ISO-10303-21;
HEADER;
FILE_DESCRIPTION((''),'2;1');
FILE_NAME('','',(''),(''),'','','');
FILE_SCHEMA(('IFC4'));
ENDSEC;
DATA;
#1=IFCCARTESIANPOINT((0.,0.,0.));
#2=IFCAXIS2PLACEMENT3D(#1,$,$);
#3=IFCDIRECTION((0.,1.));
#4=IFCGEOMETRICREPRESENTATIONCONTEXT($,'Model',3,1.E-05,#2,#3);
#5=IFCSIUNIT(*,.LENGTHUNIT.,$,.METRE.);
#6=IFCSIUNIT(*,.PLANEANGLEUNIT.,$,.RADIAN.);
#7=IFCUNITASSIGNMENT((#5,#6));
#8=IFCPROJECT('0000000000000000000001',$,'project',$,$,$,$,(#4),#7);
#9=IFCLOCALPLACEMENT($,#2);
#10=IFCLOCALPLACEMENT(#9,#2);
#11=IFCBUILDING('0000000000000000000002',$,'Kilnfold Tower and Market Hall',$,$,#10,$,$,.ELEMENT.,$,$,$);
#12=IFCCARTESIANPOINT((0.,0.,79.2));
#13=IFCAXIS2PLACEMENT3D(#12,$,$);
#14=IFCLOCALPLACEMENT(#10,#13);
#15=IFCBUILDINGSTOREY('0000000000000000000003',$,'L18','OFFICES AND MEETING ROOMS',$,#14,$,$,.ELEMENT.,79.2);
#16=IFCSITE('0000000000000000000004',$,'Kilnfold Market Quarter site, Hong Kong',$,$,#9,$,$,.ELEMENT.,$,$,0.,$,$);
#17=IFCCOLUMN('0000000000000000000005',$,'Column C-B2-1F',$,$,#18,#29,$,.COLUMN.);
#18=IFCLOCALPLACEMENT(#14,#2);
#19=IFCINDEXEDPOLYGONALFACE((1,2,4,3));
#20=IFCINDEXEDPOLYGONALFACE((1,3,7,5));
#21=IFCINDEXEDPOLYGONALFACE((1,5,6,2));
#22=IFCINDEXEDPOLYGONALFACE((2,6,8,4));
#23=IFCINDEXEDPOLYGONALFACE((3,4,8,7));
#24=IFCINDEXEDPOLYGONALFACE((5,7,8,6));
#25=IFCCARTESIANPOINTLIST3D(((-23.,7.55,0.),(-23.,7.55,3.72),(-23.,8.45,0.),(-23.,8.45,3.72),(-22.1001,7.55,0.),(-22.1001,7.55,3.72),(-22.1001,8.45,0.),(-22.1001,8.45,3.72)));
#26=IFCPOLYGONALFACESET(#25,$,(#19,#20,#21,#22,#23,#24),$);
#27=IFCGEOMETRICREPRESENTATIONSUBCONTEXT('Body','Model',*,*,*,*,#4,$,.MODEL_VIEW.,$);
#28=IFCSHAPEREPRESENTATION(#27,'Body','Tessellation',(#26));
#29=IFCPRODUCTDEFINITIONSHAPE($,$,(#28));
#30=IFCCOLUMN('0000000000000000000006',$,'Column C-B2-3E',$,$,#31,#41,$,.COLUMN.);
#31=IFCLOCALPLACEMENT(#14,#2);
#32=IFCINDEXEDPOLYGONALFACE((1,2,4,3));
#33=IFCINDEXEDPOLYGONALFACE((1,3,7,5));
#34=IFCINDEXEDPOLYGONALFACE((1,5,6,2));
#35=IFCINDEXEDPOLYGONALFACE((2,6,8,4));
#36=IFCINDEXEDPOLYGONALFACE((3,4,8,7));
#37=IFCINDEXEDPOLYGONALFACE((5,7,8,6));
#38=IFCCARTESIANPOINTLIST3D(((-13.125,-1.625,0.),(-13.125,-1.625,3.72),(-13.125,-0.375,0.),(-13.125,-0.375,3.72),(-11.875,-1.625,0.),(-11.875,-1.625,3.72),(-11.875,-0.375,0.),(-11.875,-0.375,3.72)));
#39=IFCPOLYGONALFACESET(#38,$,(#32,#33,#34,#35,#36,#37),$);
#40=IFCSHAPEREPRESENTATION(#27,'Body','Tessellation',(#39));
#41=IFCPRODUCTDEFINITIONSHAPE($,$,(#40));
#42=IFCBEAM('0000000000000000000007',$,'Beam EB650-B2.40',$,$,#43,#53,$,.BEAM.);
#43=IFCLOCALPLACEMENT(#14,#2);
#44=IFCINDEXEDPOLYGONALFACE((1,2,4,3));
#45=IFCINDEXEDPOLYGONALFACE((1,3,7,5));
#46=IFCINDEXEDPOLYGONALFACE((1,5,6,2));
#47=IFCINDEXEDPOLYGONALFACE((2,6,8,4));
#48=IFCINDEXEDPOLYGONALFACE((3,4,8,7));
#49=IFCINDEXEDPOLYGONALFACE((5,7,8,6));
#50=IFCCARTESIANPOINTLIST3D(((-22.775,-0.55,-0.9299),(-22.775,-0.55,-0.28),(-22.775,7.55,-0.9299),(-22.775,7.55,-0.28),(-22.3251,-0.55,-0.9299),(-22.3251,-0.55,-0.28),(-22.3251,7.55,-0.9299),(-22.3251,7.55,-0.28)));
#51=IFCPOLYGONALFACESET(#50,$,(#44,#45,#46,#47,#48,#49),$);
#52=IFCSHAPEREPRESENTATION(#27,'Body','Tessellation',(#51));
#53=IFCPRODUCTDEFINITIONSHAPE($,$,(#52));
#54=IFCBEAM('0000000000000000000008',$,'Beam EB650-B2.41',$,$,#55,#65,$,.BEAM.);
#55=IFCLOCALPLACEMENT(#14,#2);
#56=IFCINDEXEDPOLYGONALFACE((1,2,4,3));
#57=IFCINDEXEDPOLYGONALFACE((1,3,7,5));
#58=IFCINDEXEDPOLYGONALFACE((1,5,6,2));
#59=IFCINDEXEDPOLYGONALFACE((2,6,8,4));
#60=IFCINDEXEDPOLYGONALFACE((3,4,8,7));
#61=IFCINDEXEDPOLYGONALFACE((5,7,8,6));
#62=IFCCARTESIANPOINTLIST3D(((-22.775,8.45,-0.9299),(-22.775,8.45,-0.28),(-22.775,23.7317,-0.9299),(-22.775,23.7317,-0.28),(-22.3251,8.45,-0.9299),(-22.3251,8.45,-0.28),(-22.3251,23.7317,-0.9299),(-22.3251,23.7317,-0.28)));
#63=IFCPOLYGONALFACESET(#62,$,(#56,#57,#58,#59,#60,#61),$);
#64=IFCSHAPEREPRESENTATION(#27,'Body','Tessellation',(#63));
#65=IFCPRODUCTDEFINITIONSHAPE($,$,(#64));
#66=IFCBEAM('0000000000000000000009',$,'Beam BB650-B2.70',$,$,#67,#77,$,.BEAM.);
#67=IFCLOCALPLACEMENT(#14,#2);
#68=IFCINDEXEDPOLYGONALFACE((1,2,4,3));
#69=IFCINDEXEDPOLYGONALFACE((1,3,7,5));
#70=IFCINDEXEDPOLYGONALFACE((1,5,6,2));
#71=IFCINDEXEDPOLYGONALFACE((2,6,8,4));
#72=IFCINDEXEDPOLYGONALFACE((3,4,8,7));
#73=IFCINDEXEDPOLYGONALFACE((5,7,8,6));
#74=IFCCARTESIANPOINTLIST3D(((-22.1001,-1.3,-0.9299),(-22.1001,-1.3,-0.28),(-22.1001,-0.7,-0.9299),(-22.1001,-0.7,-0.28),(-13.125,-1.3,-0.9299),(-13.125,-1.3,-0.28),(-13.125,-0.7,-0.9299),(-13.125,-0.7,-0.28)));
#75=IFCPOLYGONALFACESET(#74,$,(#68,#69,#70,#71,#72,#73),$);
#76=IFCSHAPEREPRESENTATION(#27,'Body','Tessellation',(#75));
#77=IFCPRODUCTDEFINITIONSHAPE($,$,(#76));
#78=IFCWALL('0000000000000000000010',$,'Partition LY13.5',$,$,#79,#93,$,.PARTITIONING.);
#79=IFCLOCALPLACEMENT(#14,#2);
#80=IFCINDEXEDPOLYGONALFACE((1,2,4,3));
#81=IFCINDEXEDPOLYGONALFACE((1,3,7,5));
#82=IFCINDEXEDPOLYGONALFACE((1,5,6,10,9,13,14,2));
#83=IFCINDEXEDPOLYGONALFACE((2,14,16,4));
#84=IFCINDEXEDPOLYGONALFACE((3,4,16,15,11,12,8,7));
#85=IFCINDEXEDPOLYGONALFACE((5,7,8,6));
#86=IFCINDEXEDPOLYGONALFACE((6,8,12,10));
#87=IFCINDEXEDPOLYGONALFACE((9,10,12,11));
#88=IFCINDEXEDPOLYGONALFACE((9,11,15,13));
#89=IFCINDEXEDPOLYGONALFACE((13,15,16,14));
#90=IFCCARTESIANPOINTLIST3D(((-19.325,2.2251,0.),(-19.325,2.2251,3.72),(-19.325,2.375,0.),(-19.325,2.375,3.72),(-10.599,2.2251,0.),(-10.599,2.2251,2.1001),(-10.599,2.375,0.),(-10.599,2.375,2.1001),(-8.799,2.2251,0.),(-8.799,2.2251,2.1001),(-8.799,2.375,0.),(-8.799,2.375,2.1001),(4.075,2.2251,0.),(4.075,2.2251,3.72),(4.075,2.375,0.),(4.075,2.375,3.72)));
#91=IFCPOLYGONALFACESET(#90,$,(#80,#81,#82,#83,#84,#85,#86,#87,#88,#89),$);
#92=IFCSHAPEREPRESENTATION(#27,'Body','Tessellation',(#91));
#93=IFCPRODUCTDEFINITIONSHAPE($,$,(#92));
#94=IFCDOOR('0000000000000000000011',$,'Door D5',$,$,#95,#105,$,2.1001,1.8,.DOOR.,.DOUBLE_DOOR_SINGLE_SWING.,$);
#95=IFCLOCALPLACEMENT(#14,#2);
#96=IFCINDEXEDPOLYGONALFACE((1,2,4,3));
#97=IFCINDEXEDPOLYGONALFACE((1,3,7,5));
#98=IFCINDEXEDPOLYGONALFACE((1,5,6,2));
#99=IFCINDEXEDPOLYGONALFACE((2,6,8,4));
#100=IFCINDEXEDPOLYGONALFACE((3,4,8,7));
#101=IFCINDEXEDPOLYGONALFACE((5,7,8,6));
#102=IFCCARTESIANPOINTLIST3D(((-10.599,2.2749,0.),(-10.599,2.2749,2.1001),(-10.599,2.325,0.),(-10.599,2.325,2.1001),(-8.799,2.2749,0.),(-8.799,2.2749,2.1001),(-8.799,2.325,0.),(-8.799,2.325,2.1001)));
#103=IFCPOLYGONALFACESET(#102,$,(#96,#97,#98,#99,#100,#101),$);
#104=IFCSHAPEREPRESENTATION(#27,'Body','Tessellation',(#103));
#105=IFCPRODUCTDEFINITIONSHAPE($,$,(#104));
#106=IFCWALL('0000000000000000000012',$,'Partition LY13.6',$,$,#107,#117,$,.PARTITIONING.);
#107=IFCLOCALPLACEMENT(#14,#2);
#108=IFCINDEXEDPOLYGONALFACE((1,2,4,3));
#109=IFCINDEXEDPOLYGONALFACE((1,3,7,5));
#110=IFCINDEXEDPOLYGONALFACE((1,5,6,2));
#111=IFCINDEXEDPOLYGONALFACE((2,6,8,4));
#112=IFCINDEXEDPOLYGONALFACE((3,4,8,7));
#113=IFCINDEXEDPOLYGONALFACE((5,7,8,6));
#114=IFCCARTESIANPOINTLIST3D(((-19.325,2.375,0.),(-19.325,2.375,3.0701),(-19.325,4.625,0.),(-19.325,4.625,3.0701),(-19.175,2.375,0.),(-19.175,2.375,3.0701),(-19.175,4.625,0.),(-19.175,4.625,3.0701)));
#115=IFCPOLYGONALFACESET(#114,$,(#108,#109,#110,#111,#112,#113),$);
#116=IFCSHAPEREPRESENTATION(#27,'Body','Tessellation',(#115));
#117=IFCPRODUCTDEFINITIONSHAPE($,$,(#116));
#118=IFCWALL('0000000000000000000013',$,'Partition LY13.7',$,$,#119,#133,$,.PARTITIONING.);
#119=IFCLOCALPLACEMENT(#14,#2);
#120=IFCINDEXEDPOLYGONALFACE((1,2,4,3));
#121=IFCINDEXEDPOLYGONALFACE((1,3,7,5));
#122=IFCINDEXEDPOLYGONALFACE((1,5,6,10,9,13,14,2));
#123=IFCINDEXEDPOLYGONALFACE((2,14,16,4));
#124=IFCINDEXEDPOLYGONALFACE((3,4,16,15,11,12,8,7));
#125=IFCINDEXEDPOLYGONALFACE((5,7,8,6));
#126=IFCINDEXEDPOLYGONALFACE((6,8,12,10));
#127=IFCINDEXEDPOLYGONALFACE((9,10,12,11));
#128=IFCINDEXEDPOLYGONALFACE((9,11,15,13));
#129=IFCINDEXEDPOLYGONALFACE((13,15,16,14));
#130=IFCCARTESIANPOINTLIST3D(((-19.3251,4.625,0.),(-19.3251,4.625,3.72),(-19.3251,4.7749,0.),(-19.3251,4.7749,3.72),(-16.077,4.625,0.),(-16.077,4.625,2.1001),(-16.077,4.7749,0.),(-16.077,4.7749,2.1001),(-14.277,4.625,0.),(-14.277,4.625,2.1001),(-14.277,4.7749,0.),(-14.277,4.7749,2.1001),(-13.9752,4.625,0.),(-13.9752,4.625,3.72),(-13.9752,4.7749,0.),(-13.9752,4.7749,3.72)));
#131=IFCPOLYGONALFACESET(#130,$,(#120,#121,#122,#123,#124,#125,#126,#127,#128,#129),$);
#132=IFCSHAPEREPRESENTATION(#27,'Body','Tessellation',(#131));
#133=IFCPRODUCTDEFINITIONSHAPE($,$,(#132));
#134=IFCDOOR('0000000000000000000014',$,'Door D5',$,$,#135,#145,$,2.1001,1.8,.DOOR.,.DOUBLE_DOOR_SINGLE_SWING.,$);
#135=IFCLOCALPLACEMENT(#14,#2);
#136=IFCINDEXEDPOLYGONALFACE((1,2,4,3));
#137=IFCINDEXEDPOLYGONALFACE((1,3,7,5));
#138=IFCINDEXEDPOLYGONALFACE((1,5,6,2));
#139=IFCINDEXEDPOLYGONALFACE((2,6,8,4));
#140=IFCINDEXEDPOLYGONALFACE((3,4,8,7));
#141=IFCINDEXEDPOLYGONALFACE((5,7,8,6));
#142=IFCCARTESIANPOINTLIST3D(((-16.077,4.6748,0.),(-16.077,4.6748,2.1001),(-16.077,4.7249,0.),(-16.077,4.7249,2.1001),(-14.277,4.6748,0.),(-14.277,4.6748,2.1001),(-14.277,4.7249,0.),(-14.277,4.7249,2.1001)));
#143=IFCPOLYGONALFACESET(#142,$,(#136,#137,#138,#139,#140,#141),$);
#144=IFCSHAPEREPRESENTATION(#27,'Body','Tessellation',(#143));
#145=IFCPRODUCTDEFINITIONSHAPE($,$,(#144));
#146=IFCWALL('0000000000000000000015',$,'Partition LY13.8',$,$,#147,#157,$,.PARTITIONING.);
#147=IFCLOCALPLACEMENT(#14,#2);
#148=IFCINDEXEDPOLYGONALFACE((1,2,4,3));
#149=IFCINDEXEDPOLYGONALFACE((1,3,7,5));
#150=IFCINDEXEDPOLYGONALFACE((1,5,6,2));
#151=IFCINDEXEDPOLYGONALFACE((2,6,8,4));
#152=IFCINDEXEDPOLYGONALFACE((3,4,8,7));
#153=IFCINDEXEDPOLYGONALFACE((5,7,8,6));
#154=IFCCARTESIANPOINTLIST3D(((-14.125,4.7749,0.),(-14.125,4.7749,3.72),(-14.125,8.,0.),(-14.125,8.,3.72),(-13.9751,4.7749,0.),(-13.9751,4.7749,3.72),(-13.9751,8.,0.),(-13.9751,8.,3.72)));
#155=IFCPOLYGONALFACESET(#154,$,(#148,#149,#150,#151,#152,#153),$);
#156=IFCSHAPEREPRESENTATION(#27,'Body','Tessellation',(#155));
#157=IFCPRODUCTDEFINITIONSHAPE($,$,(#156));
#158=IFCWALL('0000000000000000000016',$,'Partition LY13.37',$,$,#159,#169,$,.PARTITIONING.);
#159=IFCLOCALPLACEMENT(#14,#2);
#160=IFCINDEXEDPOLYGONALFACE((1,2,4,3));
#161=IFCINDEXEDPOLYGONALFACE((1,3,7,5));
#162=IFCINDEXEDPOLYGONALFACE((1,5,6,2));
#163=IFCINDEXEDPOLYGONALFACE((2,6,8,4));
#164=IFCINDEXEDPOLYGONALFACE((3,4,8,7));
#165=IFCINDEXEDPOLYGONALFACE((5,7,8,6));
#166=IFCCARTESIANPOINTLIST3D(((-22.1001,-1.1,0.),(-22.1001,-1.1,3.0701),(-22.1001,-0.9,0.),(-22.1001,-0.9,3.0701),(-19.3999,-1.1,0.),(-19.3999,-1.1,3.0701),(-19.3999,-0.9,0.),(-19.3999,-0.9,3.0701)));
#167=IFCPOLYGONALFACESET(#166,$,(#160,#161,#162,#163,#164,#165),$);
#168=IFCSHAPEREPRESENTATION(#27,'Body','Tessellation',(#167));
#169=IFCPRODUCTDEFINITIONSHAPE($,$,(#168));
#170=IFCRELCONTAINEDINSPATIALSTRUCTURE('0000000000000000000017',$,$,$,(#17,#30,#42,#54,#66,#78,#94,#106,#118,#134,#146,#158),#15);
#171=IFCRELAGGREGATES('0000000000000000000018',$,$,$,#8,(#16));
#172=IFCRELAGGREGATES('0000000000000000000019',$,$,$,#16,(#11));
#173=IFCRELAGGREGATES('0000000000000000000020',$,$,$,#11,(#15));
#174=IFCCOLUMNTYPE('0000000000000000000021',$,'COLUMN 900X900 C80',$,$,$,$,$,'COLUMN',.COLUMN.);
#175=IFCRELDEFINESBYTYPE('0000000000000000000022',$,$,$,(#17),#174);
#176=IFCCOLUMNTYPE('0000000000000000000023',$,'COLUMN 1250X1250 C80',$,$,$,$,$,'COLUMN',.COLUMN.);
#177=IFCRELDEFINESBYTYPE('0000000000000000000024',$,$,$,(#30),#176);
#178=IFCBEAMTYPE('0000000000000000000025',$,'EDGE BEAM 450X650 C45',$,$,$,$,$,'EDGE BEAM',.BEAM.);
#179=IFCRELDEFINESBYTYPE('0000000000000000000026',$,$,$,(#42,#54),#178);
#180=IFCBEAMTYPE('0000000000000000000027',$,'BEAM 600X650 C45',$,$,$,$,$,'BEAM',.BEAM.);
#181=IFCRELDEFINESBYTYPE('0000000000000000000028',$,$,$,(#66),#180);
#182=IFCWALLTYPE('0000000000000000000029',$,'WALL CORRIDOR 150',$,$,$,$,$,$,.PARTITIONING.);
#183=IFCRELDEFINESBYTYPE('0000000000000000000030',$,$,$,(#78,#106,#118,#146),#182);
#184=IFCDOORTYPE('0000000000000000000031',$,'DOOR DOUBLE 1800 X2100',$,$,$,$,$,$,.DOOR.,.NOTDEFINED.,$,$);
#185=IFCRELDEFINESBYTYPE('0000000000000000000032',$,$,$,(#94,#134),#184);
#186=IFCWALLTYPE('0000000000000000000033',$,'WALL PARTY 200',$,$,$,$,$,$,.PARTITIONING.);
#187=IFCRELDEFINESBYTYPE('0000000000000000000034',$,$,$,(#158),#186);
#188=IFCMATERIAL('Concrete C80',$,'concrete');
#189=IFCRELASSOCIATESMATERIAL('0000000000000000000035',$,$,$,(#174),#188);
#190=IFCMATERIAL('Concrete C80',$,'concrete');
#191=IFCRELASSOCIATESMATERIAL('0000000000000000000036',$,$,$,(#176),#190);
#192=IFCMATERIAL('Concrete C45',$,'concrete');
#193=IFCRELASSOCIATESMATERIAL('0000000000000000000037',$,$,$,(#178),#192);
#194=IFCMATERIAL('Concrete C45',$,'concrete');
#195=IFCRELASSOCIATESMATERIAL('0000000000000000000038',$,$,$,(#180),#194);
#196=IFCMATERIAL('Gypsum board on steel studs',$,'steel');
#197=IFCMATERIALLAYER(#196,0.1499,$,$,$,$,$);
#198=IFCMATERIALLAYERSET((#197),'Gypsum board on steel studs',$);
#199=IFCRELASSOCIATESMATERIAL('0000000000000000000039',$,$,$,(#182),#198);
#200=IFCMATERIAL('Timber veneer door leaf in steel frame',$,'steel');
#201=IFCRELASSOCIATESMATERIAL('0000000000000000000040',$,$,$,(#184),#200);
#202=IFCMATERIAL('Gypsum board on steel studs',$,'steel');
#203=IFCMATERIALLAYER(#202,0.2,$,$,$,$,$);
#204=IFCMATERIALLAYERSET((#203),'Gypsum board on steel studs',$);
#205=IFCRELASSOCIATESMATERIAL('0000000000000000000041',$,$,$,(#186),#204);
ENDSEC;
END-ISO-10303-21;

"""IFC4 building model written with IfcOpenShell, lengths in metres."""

from ifc_helpers import new_model, si_unit, direction, frame, frame_2d, origin, origin_2d, place, context, subcontext, project, spatial, rectangle, extrude, source, transform, mapped, material, layer, layer_set, material_profile, profile_set, type_object, element, fill, save


model = new_model("IFC4")

# Units and contexts
model_context = context("Model", 3, precision=1e-05, world=origin(), true_north=direction((0.0, 1.0)))
body_context = subcontext(model_context, "Body", "Model", "MODEL_VIEW")
ifc_project = project(units=[si_unit("LENGTHUNIT", "METRE"), si_unit("PLANEANGLEUNIT", "RADIAN")], contexts=[model_context])

# Site, building, storey
site_placement = place(None, origin())
site = spatial("IfcSite", under=ifc_project, at=site_placement, Name="Kilnfold Market Quarter site, Hong Kong", CompositionType="ELEMENT", RefElevation=0.0)
building_placement = place(site_placement, origin())
building = spatial("IfcBuilding", under=site, at=building_placement, Name="Kilnfold Tower and Market Hall", CompositionType="ELEMENT")
storey_placement = place(building_placement, frame((0.0, 0.0, 79.2)))
storey = spatial("IfcBuildingStorey", under=building, at=storey_placement, Name="L18", Description="OFFICES AND MEETING ROOMS", CompositionType="ELEMENT", Elevation=79.2)

# Columns
ifc_material_1 = material(Name="Concrete C80", Category="concrete")
ifc_material_profile_1 = material_profile(ifc_material_1, rectangle(XDim=0.8999, YDim=0.8999, at=origin_2d()), Name="RC 900x900")
ifc_profile_set_1 = profile_set([ifc_material_profile_1], Name="Concrete C80")
column_type_1 = type_object("IfcColumnType", Name="COLUMN 900X900 C80", ElementType="COLUMN", PredefinedType="COLUMN", material=ifc_profile_set_1)
shared_shape_1 = source(origin(), body_context, "Body", "SweptSolid", [
    extrude(rectangle(XDim=0.8999, YDim=0.8999, at=origin_2d()), origin(), (0.0, 0.0, 1.0), 3.72),
])
column_1_placement = place(storey_placement, frame((-22.55, 8.0, 0.0), z_axis=(0.0, 0.0, 1.0), x_axis=(1.0, 0.0, 0.0)))
element("IfcColumn", 1, at=column_1_placement, inside=storey, type_object=column_type_1, Name="Column C-B2-1F", PredefinedType="COLUMN", context=body_context, shape_type="MappedRepresentation", body=[
    mapped(shared_shape_1, transform((0.0, 0.0, 0.0))),
])
ifc_material_2 = material(Name="Concrete C80", Category="concrete")
ifc_material_profile_2 = material_profile(ifc_material_2, rectangle(XDim=1.25, YDim=1.25, at=origin_2d()), Name="RC 1250x1250")
ifc_profile_set_2 = profile_set([ifc_material_profile_2], Name="Concrete C80")
column_type_2 = type_object("IfcColumnType", Name="COLUMN 1250X1250 C80", ElementType="COLUMN", PredefinedType="COLUMN", material=ifc_profile_set_2)
shared_shape_2 = source(origin(), body_context, "Body", "SweptSolid", [
    extrude(rectangle(XDim=1.25, YDim=1.25, at=origin_2d()), origin(), (0.0, 0.0, 1.0), 3.72),
])
column_2_placement = place(storey_placement, frame((-12.5, -1.0, 0.0), z_axis=(0.0, 0.0, 1.0), x_axis=(1.0, 0.0, 0.0)))
element("IfcColumn", 2, at=column_2_placement, inside=storey, type_object=column_type_2, Name="Column C-B2-3E", PredefinedType="COLUMN", context=body_context, shape_type="MappedRepresentation", body=[
    mapped(shared_shape_2, transform((0.0, 0.0, 0.0))),
])

# Beams
ifc_material_3 = material(Name="Concrete C45", Category="concrete")
ifc_material_profile_3 = material_profile(ifc_material_3, rectangle(XDim=0.45, YDim=0.6499, at=origin_2d()), Name="RC 450x650")
ifc_profile_set_3 = profile_set([ifc_material_profile_3], Name="Concrete C45")
beam_type_1 = type_object("IfcBeamType", Name="EDGE BEAM 450X650 C45", ElementType="EDGE BEAM", PredefinedType="BEAM", material=ifc_profile_set_3)
shared_shape_3 = source(origin(), body_context, "Body", "SweptSolid", [
    extrude(rectangle(XDim=0.45, YDim=0.6499, at=origin_2d()), origin(), (0.0, 0.0, 1.0), 8.1001),
])
beam_1_placement = place(storey_placement, frame((-22.55, -0.55, -0.605), z_axis=(0.0, 1.0, 0.0), x_axis=(-1.0, 0.0, 0.0)))
element("IfcBeam", 3, at=beam_1_placement, inside=storey, type_object=beam_type_1, Name="Beam EB650-B2.40", PredefinedType="BEAM", context=body_context, shape_type="MappedRepresentation", body=[
    mapped(shared_shape_3, transform((0.0, 0.0, 0.0))),
])
shared_shape_4 = source(origin(), body_context, "Body", "SweptSolid", [
    extrude(rectangle(XDim=0.45, YDim=0.6499, at=origin_2d()), origin(), (0.0, 0.0, 1.0), 15.2817),
])
beam_2_placement = place(storey_placement, frame((-22.55, 8.45, -0.605), z_axis=(0.0, 1.0, 0.0), x_axis=(-1.0, 0.0, 0.0)))
element("IfcBeam", 4, at=beam_2_placement, inside=storey, type_object=beam_type_1, Name="Beam EB650-B2.41", PredefinedType="BEAM", context=body_context, shape_type="MappedRepresentation", body=[
    mapped(shared_shape_4, transform((0.0, 0.0, 0.0))),
])
ifc_material_4 = material(Name="Concrete C45", Category="concrete")
ifc_material_profile_4 = material_profile(ifc_material_4, rectangle(XDim=0.6001, YDim=0.6499, at=origin_2d()), Name="RC 600x650")
ifc_profile_set_4 = profile_set([ifc_material_profile_4], Name="Concrete C45")
beam_type_2 = type_object("IfcBeamType", Name="BEAM 600X650 C45", ElementType="BEAM", PredefinedType="BEAM", material=ifc_profile_set_4)
shared_shape_5 = source(origin(), body_context, "Body", "SweptSolid", [
    extrude(rectangle(XDim=0.6001, YDim=0.6499, at=origin_2d()), origin(), (0.0, 0.0, 1.0), 8.9751),
])
beam_3_placement = place(storey_placement, frame((-22.1001, -1.0, -0.605), z_axis=(1.0, 0.0, 0.0), x_axis=(0.0, 1.0, 0.0)))
element("IfcBeam", 5, at=beam_3_placement, inside=storey, type_object=beam_type_2, Name="Beam BB650-B2.70", PredefinedType="BEAM", context=body_context, shape_type="MappedRepresentation", body=[
    mapped(shared_shape_5, transform((0.0, 0.0, 0.0))),
])

# Wall, opening, door
ifc_material_5 = material(Name="Gypsum board on steel studs", Category="steel")
ifc_layer_1 = layer(ifc_material_5, 0.1499)
ifc_layer_set_1 = layer_set([ifc_layer_1], Name="Gypsum board on steel studs")
wall_type_1 = type_object("IfcWallType", Name="WALL CORRIDOR 150", PredefinedType="PARTITIONING", material=ifc_layer_set_1)
wall_1_placement = place(storey_placement, frame((-19.325, 2.3, 0.0), z_axis=(0.0, 0.0, 1.0), x_axis=(1.0, 0.0, 0.0)))
wall_1 = element("IfcWall", 6, at=wall_1_placement, inside=storey, type_object=wall_type_1, Name="Partition LY13.5", PredefinedType="PARTITIONING", context=body_context, shape_type="SweptSolid", body=[
    extrude(rectangle(XDim=23.3999, YDim=0.1499, at=frame_2d((11.7, 0.0))), origin(), (0.0, 0.0, 1.0), 3.72),
])
opening_1_placement = place(wall_1_placement, frame((8.7261, 0.0, 0.0)))
opening_1 = element("IfcOpeningElement", 7, at=opening_1_placement, cuts=wall_1, PredefinedType="OPENING", context=body_context, shape_type="SweptSolid", body=[
    extrude(rectangle(XDim=1.8, YDim=2.1001, at=frame_2d((0.8999, 1.05))), frame((0.0, 0.085, 0.0), z_axis=(0.0, -1.0, 0.0), x_axis=(1.0, 0.0, 0.0)), (0.0, 0.0, 1.0), 0.1699),
])
ifc_material_6 = material(Name="Timber veneer door leaf in steel frame", Category="steel")
door_type_1 = type_object("IfcDoorType", Name="DOOR DOUBLE 1800 X2100", OperationType="NOTDEFINED", PredefinedType="DOOR", material=ifc_material_6)
door_1_placement = place(opening_1_placement, origin())
door_1 = element("IfcDoor", 8, at=door_1_placement, inside=storey, type_object=door_type_1, Name="Door D5", OperationType="DOUBLE_DOOR_SINGLE_SWING", OverallHeight=2.1001, OverallWidth=1.8, PredefinedType="DOOR", context=body_context, shape_type="SweptSolid", body=[
    extrude(rectangle(XDim=1.8, YDim=2.1001, at=frame_2d((0.8999, 1.05))), frame((0.0, 0.0249, 0.0), z_axis=(0.0, -1.0, 0.0), x_axis=(1.0, 0.0, 0.0)), (0.0, 0.0, 1.0), 0.05),
])
fill(opening_1, door_1)

# Wall
wall_2_placement = place(storey_placement, frame((-19.25, 2.375, 0.0), z_axis=(0.0, 0.0, 1.0), x_axis=(0.0, 1.0, 0.0)))
element("IfcWall", 9, at=wall_2_placement, inside=storey, type_object=wall_type_1, Name="Partition LY13.6", PredefinedType="PARTITIONING", context=body_context, shape_type="SweptSolid", body=[
    extrude(rectangle(XDim=2.25, YDim=0.1499, at=frame_2d((1.125, 0.0))), origin(), (0.0, 0.0, 1.0), 3.0701),
])

# Wall, opening, door
wall_3_placement = place(storey_placement, frame((-19.325, 4.7, 0.0), z_axis=(0.0, 0.0, 1.0), x_axis=(1.0, 0.0, 0.0)))
wall_3 = element("IfcWall", 10, at=wall_3_placement, inside=storey, type_object=wall_type_1, Name="Partition LY13.7", PredefinedType="PARTITIONING", context=body_context, shape_type="SweptSolid", body=[
    extrude(rectangle(XDim=5.3499, YDim=0.1499, at=frame_2d((2.6748, 0.0))), origin(), (0.0, 0.0, 1.0), 3.72),
])
opening_2_placement = place(wall_3_placement, frame((3.248, 0.0, 0.0)))
opening_2 = element("IfcOpeningElement", 11, at=opening_2_placement, cuts=wall_3, PredefinedType="OPENING", context=body_context, shape_type="SweptSolid", body=[
    extrude(rectangle(XDim=1.8, YDim=2.1001, at=frame_2d((0.8999, 1.05))), frame((0.0, 0.085, 0.0), z_axis=(0.0, -1.0, 0.0), x_axis=(1.0, 0.0, 0.0)), (0.0, 0.0, 1.0), 0.1699),
])
door_2_placement = place(opening_2_placement, origin())
door_2 = element("IfcDoor", 12, at=door_2_placement, inside=storey, type_object=door_type_1, Name="Door D5", OperationType="DOUBLE_DOOR_SINGLE_SWING", OverallHeight=2.1001, OverallWidth=1.8, PredefinedType="DOOR", context=body_context, shape_type="SweptSolid", body=[
    extrude(rectangle(XDim=1.8, YDim=2.1001, at=frame_2d((0.8999, 1.05))), frame((0.0, 0.0249, 0.0), z_axis=(0.0, -1.0, 0.0), x_axis=(1.0, 0.0, 0.0)), (0.0, 0.0, 1.0), 0.05),
])
fill(opening_2, door_2)

# Walls
wall_4_placement = place(storey_placement, frame((-14.05, 8.0, 0.0), z_axis=(0.0, 0.0, 1.0), x_axis=(0.0, -1.0, 0.0)))
element("IfcWall", 13, at=wall_4_placement, inside=storey, type_object=wall_type_1, Name="Partition LY13.8", PredefinedType="PARTITIONING", context=body_context, shape_type="SweptSolid", body=[
    extrude(rectangle(XDim=3.2251, YDim=0.1499, at=frame_2d((1.6125, 0.0))), origin(), (0.0, 0.0, 1.0), 3.72),
])
ifc_material_7 = material(Name="Gypsum board on steel studs", Category="steel")
ifc_layer_2 = layer(ifc_material_7, 0.2)
ifc_layer_set_2 = layer_set([ifc_layer_2], Name="Gypsum board on steel studs")
wall_type_2 = type_object("IfcWallType", Name="WALL PARTY 200", PredefinedType="PARTITIONING", material=ifc_layer_set_2)
wall_5_placement = place(storey_placement, frame((-19.3999, -1.0, 0.0), z_axis=(0.0, 0.0, 1.0), x_axis=(-1.0, 0.0, 0.0)))
element("IfcWall", 14, at=wall_5_placement, inside=storey, type_object=wall_type_2, Name="Partition LY13.37", PredefinedType="PARTITIONING", context=body_context, shape_type="SweptSolid", body=[
    extrude(rectangle(XDim=2.7002, YDim=0.2, at=frame_2d((1.3501, 0.0))), origin(), (0.0, 0.0, 1.0), 3.0701),
])

save(model, "model.ifc")
